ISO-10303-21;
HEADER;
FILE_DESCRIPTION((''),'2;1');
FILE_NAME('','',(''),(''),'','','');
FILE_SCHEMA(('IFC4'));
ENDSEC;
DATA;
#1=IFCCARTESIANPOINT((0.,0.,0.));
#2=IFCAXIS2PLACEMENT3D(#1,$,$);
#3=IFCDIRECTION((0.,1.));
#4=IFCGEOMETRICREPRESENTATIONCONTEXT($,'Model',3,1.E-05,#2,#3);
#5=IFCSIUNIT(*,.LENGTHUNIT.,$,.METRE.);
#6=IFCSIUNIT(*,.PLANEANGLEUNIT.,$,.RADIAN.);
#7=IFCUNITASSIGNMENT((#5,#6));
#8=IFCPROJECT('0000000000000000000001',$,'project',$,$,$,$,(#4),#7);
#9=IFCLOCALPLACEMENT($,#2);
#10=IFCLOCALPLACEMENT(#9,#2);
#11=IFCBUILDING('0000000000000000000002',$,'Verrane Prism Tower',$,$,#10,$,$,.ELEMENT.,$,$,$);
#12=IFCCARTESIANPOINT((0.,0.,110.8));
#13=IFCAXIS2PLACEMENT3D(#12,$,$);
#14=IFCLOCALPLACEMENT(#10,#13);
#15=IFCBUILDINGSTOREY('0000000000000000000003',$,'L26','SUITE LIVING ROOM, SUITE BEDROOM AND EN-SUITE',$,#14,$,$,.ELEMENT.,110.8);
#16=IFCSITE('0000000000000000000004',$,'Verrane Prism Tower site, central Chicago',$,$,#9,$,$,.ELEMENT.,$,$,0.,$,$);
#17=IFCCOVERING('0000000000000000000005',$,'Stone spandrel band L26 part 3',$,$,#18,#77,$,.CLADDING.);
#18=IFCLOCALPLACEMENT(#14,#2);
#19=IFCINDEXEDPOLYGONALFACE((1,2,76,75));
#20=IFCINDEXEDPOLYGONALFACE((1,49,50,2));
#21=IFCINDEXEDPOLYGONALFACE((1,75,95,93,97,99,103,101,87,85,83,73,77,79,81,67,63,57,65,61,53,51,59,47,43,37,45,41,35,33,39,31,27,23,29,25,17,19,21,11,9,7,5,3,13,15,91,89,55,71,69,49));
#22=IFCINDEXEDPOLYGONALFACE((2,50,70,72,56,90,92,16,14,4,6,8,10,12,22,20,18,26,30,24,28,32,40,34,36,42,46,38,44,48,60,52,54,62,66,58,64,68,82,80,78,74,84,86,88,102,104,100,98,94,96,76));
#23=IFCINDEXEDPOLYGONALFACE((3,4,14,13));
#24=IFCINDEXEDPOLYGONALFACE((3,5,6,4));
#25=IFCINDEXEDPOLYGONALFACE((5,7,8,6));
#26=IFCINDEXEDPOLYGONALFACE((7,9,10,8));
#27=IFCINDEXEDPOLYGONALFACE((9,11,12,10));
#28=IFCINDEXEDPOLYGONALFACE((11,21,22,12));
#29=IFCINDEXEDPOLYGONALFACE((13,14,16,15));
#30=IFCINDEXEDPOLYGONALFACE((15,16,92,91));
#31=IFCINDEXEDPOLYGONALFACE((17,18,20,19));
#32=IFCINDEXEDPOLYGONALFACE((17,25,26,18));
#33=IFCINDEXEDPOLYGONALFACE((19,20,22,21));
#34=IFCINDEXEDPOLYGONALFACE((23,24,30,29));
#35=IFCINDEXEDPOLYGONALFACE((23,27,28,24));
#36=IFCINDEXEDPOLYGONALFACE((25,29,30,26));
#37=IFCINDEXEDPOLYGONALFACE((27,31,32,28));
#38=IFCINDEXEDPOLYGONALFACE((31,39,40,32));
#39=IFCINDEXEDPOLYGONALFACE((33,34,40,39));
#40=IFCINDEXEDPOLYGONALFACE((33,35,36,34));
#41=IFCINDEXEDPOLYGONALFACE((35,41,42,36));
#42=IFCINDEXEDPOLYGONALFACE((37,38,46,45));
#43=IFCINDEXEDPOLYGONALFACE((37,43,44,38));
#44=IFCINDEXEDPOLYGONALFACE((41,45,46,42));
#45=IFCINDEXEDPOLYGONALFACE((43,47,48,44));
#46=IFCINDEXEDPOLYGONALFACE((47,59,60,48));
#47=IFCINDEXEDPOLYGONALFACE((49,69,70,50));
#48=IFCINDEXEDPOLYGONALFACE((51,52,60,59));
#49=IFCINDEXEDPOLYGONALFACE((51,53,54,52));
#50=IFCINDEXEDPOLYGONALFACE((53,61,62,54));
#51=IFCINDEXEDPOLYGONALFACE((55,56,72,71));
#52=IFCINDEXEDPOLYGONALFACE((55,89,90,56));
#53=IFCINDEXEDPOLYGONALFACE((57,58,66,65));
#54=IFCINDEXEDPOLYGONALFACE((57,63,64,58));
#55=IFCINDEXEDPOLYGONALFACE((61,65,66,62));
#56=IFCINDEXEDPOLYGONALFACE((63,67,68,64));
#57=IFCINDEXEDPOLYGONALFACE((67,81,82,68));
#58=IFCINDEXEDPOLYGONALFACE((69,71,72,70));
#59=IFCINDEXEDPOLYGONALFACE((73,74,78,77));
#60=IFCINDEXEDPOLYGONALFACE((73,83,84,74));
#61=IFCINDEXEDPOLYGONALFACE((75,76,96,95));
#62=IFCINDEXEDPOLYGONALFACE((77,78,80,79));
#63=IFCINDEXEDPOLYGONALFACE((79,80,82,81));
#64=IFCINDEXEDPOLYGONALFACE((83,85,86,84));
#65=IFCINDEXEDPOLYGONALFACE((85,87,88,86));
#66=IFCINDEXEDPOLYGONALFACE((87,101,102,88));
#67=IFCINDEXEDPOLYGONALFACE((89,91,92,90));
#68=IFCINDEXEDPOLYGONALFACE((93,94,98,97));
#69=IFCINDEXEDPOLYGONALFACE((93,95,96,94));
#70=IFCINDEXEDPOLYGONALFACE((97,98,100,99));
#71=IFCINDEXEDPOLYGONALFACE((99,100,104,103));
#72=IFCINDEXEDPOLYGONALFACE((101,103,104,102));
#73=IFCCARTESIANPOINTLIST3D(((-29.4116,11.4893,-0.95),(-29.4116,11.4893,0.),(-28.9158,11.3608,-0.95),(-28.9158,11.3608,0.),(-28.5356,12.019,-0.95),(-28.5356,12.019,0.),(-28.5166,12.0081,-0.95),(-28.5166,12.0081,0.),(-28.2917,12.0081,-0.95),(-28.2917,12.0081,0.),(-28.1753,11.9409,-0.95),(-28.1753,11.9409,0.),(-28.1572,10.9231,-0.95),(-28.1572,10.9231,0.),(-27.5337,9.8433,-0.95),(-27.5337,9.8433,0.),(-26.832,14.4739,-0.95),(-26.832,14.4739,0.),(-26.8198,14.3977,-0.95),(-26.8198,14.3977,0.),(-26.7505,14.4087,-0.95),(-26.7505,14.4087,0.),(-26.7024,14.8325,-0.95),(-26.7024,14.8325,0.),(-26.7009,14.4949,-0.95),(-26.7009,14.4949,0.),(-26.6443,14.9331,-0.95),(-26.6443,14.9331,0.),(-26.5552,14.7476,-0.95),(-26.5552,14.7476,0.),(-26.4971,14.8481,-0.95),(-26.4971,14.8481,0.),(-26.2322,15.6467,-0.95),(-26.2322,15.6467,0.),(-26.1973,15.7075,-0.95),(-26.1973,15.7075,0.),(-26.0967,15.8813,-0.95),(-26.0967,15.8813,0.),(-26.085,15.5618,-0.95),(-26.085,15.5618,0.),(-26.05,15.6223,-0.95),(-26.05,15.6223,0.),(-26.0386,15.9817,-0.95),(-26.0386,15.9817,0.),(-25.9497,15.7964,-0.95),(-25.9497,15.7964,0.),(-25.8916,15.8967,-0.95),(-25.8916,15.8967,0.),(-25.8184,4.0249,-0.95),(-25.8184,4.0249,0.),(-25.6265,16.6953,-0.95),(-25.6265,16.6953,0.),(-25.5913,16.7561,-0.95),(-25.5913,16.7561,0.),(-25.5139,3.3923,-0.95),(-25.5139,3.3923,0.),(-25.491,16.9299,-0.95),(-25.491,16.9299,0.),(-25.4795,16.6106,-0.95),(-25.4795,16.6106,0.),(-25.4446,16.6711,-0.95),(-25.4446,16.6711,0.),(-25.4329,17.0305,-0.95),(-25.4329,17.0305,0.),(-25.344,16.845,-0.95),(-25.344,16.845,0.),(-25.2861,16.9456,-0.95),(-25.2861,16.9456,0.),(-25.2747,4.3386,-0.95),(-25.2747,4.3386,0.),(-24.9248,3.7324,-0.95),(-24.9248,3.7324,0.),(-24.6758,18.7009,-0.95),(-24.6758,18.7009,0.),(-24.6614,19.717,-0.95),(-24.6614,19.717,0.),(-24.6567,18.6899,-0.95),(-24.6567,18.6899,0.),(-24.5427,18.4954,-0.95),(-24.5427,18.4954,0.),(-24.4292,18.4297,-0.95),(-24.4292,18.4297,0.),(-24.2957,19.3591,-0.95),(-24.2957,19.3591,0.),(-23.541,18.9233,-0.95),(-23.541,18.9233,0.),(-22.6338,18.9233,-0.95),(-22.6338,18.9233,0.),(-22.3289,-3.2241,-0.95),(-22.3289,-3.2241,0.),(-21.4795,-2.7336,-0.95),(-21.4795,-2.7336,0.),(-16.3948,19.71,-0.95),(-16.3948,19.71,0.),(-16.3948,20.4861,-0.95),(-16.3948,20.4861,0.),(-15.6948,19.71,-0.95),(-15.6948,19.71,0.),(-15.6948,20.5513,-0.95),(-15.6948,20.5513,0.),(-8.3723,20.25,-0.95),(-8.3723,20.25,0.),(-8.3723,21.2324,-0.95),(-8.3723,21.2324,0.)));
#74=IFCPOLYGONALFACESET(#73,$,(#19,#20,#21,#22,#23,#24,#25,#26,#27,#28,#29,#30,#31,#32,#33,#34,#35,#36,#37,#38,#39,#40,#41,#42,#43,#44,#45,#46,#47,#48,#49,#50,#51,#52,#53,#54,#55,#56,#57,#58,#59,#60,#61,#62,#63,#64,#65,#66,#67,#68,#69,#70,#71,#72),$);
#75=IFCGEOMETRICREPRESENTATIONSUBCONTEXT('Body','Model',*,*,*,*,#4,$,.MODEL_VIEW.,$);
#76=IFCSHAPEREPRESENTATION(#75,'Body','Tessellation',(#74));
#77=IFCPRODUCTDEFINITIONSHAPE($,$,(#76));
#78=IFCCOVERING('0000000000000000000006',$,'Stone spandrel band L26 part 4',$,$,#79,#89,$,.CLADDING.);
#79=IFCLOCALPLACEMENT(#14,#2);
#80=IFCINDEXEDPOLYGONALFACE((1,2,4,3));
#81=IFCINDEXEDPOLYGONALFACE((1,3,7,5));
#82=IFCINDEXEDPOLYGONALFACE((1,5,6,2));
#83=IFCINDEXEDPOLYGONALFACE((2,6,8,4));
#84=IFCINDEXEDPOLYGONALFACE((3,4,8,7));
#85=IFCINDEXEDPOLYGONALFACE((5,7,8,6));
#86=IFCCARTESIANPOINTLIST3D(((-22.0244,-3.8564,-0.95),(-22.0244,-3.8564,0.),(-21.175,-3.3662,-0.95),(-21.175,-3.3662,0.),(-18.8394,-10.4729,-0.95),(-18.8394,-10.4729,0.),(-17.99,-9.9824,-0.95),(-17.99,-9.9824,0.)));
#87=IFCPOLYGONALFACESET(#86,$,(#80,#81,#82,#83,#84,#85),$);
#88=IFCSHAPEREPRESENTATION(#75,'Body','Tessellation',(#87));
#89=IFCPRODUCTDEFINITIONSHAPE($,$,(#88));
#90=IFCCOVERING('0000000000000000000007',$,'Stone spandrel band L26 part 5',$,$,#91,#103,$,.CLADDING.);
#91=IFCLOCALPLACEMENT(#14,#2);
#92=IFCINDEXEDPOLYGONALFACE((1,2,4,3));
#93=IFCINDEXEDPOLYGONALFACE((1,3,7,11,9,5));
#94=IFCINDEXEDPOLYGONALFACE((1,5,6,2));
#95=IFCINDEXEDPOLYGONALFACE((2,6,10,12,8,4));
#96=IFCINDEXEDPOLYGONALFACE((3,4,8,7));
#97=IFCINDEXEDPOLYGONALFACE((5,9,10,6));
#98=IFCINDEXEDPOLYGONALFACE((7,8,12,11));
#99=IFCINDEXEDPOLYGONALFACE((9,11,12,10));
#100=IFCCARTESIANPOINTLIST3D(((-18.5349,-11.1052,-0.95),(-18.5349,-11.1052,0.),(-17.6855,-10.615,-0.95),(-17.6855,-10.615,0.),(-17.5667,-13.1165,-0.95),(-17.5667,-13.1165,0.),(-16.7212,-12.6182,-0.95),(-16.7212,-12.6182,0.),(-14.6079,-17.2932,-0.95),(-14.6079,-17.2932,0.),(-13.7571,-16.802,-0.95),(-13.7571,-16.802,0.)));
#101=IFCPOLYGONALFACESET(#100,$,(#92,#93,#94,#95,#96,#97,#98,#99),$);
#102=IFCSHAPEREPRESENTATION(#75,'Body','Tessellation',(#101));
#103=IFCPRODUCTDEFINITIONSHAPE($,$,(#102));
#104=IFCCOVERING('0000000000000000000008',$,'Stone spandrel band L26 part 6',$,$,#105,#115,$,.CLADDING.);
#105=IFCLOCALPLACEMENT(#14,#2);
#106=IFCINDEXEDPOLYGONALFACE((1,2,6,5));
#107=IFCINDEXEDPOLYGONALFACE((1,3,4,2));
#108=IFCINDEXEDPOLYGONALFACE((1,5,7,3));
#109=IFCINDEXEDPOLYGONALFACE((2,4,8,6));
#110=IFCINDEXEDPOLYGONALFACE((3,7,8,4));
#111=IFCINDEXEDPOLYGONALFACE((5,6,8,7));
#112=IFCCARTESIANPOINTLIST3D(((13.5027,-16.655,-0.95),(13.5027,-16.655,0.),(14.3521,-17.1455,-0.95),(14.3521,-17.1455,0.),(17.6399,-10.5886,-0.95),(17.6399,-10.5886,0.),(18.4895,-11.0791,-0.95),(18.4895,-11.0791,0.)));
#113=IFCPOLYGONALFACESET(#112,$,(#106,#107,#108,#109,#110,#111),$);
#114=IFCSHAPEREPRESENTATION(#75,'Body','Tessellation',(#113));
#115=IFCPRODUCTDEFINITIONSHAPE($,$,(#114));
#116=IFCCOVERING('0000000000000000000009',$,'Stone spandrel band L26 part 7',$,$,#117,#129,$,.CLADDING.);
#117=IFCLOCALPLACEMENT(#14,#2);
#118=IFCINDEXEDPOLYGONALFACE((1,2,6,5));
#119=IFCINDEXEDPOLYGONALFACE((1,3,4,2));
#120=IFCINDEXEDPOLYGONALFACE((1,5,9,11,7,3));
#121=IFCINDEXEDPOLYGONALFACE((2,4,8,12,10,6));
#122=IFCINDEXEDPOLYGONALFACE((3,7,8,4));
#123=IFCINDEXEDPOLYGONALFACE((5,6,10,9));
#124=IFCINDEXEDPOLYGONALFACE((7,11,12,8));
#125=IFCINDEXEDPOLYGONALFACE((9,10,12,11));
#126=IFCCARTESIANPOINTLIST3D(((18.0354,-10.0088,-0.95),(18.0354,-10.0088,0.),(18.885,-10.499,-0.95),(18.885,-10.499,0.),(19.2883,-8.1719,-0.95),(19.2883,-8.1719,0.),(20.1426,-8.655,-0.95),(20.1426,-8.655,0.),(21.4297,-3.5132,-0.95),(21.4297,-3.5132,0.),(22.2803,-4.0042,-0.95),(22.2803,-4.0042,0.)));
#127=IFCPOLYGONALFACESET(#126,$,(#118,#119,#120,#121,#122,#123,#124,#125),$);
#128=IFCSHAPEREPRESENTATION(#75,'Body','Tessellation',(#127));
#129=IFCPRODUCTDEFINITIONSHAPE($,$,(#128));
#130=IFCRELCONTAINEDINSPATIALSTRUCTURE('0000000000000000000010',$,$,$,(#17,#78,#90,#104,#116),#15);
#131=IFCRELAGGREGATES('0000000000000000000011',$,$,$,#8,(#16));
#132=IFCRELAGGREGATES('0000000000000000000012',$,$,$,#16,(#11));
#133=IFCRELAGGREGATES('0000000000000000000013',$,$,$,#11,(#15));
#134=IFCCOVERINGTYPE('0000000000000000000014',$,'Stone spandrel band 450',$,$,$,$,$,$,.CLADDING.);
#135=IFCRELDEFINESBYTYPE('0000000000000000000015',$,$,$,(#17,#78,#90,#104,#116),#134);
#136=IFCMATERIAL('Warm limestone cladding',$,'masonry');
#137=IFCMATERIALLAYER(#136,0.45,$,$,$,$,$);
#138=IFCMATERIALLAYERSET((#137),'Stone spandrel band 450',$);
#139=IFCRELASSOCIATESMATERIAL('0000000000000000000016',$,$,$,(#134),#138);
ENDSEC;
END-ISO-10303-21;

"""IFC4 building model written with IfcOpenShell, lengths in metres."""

from ifc_helpers import new_model, si_unit, direction, frame, origin, place, context, subcontext, project, spatial, polyline, outline, extrude, material, layer, layer_set, type_object, element, save


model = new_model("IFC4")

# Units and contexts
model_context = context("Model", 3, precision=1e-05, world=origin(), true_north=direction((0.0, 1.0)))
body_context = subcontext(model_context, "Body", "Model", "MODEL_VIEW")
ifc_project = project(units=[si_unit("LENGTHUNIT", "METRE"), si_unit("PLANEANGLEUNIT", "RADIAN")], contexts=[model_context])

# Site, building, storey
site_placement = place(None, origin())
site = spatial("IfcSite", under=ifc_project, at=site_placement, Name="Verrane Prism Tower site, central Chicago", CompositionType="ELEMENT", RefElevation=0.0)
building_placement = place(site_placement, origin())
building = spatial("IfcBuilding", under=site, at=building_placement, Name="Verrane Prism Tower", CompositionType="ELEMENT")
storey_placement = place(building_placement, frame((0.0, 0.0, 110.8)))
storey = spatial("IfcBuildingStorey", under=building, at=storey_placement, Name="L26", Description="SUITE LIVING ROOM, SUITE BEDROOM AND EN-SUITE", CompositionType="ELEMENT", Elevation=110.8)

# Coverings
ifc_material_1 = material(Name="Warm limestone cladding", Category="masonry")
ifc_layer_1 = layer(ifc_material_1, 0.45)
ifc_layer_set_1 = layer_set([ifc_layer_1], Name="Stone spandrel band 450")
covering_type = type_object("IfcCoveringType", Name="Stone spandrel band 450", PredefinedType="CLADDING", material=ifc_layer_set_1)
covering_1_placement = place(storey_placement, frame((0.0, 0.0, -0.95)))
element("IfcCovering", 1, at=covering_1_placement, inside=storey, type_object=covering_type, Name="Stone spandrel band L26 part 3", PredefinedType="CLADDING", context=body_context, shape_type="SweptSolid", body=[
    extrude(outline(polyline([(-21.4795, -2.7336), (-27.5337, 9.8433), (-28.1572, 10.9231), (-28.9158, 11.3608), (-28.5356, 12.019), (-28.5166, 12.0081), (-28.2917, 12.0081), (-28.1753, 11.9409), (-26.7505, 14.4087), (-26.8198, 14.3977), (-26.832, 14.4739), (-26.7009, 14.4949), (-26.5552, 14.7476), (-26.7024, 14.8325), (-26.6443, 14.9331), (-26.4971, 14.8481), (-26.085, 15.5618), (-26.2322, 15.6467), (-26.1973, 15.7075), (-26.05, 15.6223), (-25.9497, 15.7964), (-26.0967, 15.8813), (-26.0386, 15.9817), (-25.8916, 15.8967), (-25.4795, 16.6106), (-25.6265, 16.6953), (-25.5913, 16.7561), (-25.4446, 16.6711), (-25.344, 16.845), (-25.491, 16.9299), (-25.4329, 17.0305), (-25.2861, 16.9456), (-24.4292, 18.4297), (-24.5427, 18.4954), (-24.6567, 18.6899), (-24.6758, 18.7009), (-24.2957, 19.3591), (-23.541, 18.9233), (-22.6338, 18.9233), (-8.3723, 20.25), (-8.3723, 21.2324), (-15.6948, 20.5513), (-15.6948, 19.71), (-16.3948, 19.71), (-16.3948, 20.4861), (-24.6614, 19.717), (-29.4116, 11.4893), (-25.8184, 4.0249), (-25.2747, 4.3386), (-24.9248, 3.7324), (-25.5139, 3.3923), (-22.3289, -3.2241), (-21.4795, -2.7336)])), origin(), (0.0, 0.0, 1.0), 0.95),
])
covering_2_placement = place(storey_placement, frame((0.0, 0.0, -0.95)))
element("IfcCovering", 2, at=covering_2_placement, inside=storey, type_object=covering_type, Name="Stone spandrel band L26 part 4", PredefinedType="CLADDING", context=body_context, shape_type="SweptSolid", body=[
    extrude(outline(polyline([(-18.8394, -10.4729), (-17.99, -9.9824), (-21.175, -3.3662), (-22.0244, -3.8564), (-18.8394, -10.4729)])), origin(), (0.0, 0.0, 1.0), 0.95),
])
covering_3_placement = place(storey_placement, frame((0.0, 0.0, -0.95)))
element("IfcCovering", 3, at=covering_3_placement, inside=storey, type_object=covering_type, Name="Stone spandrel band L26 part 5", PredefinedType="CLADDING", context=body_context, shape_type="SweptSolid", body=[
    extrude(outline(polyline([(-14.6079, -17.2932), (-13.7571, -16.802), (-16.7212, -12.6182), (-17.6855, -10.615), (-18.5349, -11.1052), (-17.5667, -13.1165), (-14.6079, -17.2932)])), origin(), (0.0, 0.0, 1.0), 0.95),
])
covering_4_placement = place(storey_placement, frame((0.0, 0.0, -0.95)))
element("IfcCovering", 4, at=covering_4_placement, inside=storey, type_object=covering_type, Name="Stone spandrel band L26 part 6", PredefinedType="CLADDING", context=body_context, shape_type="SweptSolid", body=[
    extrude(outline(polyline([(17.6399, -10.5886), (13.5027, -16.655), (14.3521, -17.1455), (18.4895, -11.0791), (17.6399, -10.5886)])), origin(), (0.0, 0.0, 1.0), 0.95),
])
covering_5_placement = place(storey_placement, frame((0.0, 0.0, -0.95)))
element("IfcCovering", 5, at=covering_5_placement, inside=storey, type_object=covering_type, Name="Stone spandrel band L26 part 7", PredefinedType="CLADDING", context=body_context, shape_type="SweptSolid", body=[
    extrude(outline(polyline([(22.2803, -4.0042), (21.4297, -3.5132), (19.2883, -8.1719), (18.0354, -10.0088), (18.885, -10.499), (20.1426, -8.655), (22.2803, -4.0042)])), origin(), (0.0, 0.0, 1.0), 0.95),
])

save(model, "model.ifc")
